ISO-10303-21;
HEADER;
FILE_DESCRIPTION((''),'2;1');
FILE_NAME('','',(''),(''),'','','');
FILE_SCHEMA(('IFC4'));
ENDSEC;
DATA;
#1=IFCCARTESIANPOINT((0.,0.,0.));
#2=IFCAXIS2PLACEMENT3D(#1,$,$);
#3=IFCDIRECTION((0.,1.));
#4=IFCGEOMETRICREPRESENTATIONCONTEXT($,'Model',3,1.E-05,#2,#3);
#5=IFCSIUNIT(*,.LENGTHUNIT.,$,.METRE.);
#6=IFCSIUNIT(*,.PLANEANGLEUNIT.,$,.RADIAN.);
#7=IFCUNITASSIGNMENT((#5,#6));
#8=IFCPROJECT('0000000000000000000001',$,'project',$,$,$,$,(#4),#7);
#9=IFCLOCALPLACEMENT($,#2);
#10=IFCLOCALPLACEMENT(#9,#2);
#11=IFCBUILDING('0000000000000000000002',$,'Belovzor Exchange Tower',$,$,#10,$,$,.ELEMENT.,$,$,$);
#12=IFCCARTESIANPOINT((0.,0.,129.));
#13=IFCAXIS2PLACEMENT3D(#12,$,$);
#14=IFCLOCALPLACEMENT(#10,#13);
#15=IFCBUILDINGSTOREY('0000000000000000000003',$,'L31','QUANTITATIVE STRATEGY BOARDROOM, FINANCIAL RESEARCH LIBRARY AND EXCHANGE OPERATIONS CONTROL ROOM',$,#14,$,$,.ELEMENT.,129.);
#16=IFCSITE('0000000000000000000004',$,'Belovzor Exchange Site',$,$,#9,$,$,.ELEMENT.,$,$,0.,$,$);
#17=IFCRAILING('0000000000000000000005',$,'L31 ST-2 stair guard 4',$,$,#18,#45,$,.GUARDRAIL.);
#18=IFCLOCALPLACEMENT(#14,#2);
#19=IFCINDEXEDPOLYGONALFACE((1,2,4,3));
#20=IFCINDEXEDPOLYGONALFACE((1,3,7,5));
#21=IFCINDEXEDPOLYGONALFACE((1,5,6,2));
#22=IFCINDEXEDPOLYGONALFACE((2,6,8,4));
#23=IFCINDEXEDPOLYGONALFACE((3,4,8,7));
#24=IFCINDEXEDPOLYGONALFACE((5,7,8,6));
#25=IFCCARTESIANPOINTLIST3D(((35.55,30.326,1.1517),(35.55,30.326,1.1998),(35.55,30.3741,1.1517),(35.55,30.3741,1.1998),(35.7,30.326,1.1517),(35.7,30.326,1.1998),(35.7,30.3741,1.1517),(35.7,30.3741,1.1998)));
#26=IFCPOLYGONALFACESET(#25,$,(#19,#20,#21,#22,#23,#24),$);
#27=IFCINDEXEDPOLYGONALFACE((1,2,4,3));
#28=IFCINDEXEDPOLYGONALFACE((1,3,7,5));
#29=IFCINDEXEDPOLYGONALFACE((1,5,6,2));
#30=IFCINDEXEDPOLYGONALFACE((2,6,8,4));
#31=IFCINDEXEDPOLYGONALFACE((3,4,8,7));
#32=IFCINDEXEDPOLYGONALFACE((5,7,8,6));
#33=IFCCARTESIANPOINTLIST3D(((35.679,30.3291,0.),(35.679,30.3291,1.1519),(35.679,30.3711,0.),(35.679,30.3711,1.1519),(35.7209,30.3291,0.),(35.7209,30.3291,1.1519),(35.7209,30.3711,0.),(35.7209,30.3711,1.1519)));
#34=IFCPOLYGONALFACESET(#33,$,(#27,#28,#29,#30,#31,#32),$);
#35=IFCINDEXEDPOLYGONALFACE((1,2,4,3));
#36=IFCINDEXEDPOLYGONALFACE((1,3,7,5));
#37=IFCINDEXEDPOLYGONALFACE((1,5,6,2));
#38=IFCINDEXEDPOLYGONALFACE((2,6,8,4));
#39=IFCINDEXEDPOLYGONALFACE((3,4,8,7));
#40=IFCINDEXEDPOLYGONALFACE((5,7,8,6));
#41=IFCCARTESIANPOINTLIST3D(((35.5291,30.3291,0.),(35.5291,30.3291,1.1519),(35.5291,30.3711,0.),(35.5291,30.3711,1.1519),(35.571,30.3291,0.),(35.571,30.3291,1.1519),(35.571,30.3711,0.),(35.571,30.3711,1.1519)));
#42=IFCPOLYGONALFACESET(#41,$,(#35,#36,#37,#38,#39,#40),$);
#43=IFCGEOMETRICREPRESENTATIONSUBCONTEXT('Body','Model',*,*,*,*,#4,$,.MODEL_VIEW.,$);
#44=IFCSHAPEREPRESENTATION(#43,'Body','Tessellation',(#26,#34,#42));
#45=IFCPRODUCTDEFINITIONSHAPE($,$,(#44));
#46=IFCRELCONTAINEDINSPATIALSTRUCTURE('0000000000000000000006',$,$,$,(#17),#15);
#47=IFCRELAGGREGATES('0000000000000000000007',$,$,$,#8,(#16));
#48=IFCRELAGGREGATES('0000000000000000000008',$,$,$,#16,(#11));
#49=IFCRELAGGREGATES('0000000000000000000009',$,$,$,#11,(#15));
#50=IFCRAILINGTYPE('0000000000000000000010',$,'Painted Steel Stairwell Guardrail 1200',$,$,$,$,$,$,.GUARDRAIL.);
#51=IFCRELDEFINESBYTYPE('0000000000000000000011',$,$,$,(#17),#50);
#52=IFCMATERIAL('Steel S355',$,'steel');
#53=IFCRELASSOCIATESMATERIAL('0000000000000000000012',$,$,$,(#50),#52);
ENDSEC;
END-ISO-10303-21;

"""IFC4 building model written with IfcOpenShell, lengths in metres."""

from ifc_helpers import new_model, si_unit, direction, frame, origin, origin_2d, place, context, subcontext, project, spatial, rectangle, extrude, material, type_object, element, save


model = new_model("IFC4")

# Units and contexts
model_context = context("Model", 3, precision=1e-05, world=origin(), true_north=direction((0.0, 1.0)))
body_context = subcontext(model_context, "Body", "Model", "MODEL_VIEW")
ifc_project = project(units=[si_unit("LENGTHUNIT", "METRE"), si_unit("PLANEANGLEUNIT", "RADIAN")], contexts=[model_context])

# Site, building, storey
site_placement = place(None, origin())
site = spatial("IfcSite", under=ifc_project, at=site_placement, Name="Belovzor Exchange Site", CompositionType="ELEMENT", RefElevation=0.0)
building_placement = place(site_placement, origin())
building = spatial("IfcBuilding", under=site, at=building_placement, Name="Belovzor Exchange Tower", CompositionType="ELEMENT")
storey_placement = place(building_placement, frame((0.0, 0.0, 129.0)))
storey = spatial("IfcBuildingStorey", under=building, at=storey_placement, Name="L31", Description="QUANTITATIVE STRATEGY BOARDROOM, FINANCIAL RESEARCH LIBRARY AND EXCHANGE OPERATIONS CONTROL ROOM", CompositionType="ELEMENT", Elevation=129.0)

# Railing
ifc_material_1 = material(Name="Steel S355", Category="steel")
railing_type_1 = type_object("IfcRailingType", Name="Painted Steel Stairwell Guardrail 1200", PredefinedType="GUARDRAIL", material=ifc_material_1)
railing_1_placement = place(storey_placement, frame((35.7, 30.3501, 0.0)))
element("IfcRailing", 1, at=railing_1_placement, inside=storey, type_object=railing_type_1, Name="L31 ST-2 stair guard 4", PredefinedType="GUARDRAIL", context=body_context, shape_type="SweptSolid", body=[
    extrude(rectangle(XDim=0.0481, YDim=0.0481, at=origin_2d()), frame((0.0, 0.0, 1.1758), z_axis=(-1.0, 0.0, 0.0), x_axis=(0.0, -1.0, 0.0)), (0.0, 0.0, 1.0), 0.1499),
    extrude(rectangle(XDim=0.042, YDim=0.042, at=origin_2d()), origin(), (0.0, 0.0, 1.0), 1.1519),
    extrude(rectangle(XDim=0.042, YDim=0.042, at=origin_2d()), frame((-0.1499, 0.0, 0.0)), (0.0, 0.0, 1.0), 1.1519),
])

save(model, "model.ifc")
